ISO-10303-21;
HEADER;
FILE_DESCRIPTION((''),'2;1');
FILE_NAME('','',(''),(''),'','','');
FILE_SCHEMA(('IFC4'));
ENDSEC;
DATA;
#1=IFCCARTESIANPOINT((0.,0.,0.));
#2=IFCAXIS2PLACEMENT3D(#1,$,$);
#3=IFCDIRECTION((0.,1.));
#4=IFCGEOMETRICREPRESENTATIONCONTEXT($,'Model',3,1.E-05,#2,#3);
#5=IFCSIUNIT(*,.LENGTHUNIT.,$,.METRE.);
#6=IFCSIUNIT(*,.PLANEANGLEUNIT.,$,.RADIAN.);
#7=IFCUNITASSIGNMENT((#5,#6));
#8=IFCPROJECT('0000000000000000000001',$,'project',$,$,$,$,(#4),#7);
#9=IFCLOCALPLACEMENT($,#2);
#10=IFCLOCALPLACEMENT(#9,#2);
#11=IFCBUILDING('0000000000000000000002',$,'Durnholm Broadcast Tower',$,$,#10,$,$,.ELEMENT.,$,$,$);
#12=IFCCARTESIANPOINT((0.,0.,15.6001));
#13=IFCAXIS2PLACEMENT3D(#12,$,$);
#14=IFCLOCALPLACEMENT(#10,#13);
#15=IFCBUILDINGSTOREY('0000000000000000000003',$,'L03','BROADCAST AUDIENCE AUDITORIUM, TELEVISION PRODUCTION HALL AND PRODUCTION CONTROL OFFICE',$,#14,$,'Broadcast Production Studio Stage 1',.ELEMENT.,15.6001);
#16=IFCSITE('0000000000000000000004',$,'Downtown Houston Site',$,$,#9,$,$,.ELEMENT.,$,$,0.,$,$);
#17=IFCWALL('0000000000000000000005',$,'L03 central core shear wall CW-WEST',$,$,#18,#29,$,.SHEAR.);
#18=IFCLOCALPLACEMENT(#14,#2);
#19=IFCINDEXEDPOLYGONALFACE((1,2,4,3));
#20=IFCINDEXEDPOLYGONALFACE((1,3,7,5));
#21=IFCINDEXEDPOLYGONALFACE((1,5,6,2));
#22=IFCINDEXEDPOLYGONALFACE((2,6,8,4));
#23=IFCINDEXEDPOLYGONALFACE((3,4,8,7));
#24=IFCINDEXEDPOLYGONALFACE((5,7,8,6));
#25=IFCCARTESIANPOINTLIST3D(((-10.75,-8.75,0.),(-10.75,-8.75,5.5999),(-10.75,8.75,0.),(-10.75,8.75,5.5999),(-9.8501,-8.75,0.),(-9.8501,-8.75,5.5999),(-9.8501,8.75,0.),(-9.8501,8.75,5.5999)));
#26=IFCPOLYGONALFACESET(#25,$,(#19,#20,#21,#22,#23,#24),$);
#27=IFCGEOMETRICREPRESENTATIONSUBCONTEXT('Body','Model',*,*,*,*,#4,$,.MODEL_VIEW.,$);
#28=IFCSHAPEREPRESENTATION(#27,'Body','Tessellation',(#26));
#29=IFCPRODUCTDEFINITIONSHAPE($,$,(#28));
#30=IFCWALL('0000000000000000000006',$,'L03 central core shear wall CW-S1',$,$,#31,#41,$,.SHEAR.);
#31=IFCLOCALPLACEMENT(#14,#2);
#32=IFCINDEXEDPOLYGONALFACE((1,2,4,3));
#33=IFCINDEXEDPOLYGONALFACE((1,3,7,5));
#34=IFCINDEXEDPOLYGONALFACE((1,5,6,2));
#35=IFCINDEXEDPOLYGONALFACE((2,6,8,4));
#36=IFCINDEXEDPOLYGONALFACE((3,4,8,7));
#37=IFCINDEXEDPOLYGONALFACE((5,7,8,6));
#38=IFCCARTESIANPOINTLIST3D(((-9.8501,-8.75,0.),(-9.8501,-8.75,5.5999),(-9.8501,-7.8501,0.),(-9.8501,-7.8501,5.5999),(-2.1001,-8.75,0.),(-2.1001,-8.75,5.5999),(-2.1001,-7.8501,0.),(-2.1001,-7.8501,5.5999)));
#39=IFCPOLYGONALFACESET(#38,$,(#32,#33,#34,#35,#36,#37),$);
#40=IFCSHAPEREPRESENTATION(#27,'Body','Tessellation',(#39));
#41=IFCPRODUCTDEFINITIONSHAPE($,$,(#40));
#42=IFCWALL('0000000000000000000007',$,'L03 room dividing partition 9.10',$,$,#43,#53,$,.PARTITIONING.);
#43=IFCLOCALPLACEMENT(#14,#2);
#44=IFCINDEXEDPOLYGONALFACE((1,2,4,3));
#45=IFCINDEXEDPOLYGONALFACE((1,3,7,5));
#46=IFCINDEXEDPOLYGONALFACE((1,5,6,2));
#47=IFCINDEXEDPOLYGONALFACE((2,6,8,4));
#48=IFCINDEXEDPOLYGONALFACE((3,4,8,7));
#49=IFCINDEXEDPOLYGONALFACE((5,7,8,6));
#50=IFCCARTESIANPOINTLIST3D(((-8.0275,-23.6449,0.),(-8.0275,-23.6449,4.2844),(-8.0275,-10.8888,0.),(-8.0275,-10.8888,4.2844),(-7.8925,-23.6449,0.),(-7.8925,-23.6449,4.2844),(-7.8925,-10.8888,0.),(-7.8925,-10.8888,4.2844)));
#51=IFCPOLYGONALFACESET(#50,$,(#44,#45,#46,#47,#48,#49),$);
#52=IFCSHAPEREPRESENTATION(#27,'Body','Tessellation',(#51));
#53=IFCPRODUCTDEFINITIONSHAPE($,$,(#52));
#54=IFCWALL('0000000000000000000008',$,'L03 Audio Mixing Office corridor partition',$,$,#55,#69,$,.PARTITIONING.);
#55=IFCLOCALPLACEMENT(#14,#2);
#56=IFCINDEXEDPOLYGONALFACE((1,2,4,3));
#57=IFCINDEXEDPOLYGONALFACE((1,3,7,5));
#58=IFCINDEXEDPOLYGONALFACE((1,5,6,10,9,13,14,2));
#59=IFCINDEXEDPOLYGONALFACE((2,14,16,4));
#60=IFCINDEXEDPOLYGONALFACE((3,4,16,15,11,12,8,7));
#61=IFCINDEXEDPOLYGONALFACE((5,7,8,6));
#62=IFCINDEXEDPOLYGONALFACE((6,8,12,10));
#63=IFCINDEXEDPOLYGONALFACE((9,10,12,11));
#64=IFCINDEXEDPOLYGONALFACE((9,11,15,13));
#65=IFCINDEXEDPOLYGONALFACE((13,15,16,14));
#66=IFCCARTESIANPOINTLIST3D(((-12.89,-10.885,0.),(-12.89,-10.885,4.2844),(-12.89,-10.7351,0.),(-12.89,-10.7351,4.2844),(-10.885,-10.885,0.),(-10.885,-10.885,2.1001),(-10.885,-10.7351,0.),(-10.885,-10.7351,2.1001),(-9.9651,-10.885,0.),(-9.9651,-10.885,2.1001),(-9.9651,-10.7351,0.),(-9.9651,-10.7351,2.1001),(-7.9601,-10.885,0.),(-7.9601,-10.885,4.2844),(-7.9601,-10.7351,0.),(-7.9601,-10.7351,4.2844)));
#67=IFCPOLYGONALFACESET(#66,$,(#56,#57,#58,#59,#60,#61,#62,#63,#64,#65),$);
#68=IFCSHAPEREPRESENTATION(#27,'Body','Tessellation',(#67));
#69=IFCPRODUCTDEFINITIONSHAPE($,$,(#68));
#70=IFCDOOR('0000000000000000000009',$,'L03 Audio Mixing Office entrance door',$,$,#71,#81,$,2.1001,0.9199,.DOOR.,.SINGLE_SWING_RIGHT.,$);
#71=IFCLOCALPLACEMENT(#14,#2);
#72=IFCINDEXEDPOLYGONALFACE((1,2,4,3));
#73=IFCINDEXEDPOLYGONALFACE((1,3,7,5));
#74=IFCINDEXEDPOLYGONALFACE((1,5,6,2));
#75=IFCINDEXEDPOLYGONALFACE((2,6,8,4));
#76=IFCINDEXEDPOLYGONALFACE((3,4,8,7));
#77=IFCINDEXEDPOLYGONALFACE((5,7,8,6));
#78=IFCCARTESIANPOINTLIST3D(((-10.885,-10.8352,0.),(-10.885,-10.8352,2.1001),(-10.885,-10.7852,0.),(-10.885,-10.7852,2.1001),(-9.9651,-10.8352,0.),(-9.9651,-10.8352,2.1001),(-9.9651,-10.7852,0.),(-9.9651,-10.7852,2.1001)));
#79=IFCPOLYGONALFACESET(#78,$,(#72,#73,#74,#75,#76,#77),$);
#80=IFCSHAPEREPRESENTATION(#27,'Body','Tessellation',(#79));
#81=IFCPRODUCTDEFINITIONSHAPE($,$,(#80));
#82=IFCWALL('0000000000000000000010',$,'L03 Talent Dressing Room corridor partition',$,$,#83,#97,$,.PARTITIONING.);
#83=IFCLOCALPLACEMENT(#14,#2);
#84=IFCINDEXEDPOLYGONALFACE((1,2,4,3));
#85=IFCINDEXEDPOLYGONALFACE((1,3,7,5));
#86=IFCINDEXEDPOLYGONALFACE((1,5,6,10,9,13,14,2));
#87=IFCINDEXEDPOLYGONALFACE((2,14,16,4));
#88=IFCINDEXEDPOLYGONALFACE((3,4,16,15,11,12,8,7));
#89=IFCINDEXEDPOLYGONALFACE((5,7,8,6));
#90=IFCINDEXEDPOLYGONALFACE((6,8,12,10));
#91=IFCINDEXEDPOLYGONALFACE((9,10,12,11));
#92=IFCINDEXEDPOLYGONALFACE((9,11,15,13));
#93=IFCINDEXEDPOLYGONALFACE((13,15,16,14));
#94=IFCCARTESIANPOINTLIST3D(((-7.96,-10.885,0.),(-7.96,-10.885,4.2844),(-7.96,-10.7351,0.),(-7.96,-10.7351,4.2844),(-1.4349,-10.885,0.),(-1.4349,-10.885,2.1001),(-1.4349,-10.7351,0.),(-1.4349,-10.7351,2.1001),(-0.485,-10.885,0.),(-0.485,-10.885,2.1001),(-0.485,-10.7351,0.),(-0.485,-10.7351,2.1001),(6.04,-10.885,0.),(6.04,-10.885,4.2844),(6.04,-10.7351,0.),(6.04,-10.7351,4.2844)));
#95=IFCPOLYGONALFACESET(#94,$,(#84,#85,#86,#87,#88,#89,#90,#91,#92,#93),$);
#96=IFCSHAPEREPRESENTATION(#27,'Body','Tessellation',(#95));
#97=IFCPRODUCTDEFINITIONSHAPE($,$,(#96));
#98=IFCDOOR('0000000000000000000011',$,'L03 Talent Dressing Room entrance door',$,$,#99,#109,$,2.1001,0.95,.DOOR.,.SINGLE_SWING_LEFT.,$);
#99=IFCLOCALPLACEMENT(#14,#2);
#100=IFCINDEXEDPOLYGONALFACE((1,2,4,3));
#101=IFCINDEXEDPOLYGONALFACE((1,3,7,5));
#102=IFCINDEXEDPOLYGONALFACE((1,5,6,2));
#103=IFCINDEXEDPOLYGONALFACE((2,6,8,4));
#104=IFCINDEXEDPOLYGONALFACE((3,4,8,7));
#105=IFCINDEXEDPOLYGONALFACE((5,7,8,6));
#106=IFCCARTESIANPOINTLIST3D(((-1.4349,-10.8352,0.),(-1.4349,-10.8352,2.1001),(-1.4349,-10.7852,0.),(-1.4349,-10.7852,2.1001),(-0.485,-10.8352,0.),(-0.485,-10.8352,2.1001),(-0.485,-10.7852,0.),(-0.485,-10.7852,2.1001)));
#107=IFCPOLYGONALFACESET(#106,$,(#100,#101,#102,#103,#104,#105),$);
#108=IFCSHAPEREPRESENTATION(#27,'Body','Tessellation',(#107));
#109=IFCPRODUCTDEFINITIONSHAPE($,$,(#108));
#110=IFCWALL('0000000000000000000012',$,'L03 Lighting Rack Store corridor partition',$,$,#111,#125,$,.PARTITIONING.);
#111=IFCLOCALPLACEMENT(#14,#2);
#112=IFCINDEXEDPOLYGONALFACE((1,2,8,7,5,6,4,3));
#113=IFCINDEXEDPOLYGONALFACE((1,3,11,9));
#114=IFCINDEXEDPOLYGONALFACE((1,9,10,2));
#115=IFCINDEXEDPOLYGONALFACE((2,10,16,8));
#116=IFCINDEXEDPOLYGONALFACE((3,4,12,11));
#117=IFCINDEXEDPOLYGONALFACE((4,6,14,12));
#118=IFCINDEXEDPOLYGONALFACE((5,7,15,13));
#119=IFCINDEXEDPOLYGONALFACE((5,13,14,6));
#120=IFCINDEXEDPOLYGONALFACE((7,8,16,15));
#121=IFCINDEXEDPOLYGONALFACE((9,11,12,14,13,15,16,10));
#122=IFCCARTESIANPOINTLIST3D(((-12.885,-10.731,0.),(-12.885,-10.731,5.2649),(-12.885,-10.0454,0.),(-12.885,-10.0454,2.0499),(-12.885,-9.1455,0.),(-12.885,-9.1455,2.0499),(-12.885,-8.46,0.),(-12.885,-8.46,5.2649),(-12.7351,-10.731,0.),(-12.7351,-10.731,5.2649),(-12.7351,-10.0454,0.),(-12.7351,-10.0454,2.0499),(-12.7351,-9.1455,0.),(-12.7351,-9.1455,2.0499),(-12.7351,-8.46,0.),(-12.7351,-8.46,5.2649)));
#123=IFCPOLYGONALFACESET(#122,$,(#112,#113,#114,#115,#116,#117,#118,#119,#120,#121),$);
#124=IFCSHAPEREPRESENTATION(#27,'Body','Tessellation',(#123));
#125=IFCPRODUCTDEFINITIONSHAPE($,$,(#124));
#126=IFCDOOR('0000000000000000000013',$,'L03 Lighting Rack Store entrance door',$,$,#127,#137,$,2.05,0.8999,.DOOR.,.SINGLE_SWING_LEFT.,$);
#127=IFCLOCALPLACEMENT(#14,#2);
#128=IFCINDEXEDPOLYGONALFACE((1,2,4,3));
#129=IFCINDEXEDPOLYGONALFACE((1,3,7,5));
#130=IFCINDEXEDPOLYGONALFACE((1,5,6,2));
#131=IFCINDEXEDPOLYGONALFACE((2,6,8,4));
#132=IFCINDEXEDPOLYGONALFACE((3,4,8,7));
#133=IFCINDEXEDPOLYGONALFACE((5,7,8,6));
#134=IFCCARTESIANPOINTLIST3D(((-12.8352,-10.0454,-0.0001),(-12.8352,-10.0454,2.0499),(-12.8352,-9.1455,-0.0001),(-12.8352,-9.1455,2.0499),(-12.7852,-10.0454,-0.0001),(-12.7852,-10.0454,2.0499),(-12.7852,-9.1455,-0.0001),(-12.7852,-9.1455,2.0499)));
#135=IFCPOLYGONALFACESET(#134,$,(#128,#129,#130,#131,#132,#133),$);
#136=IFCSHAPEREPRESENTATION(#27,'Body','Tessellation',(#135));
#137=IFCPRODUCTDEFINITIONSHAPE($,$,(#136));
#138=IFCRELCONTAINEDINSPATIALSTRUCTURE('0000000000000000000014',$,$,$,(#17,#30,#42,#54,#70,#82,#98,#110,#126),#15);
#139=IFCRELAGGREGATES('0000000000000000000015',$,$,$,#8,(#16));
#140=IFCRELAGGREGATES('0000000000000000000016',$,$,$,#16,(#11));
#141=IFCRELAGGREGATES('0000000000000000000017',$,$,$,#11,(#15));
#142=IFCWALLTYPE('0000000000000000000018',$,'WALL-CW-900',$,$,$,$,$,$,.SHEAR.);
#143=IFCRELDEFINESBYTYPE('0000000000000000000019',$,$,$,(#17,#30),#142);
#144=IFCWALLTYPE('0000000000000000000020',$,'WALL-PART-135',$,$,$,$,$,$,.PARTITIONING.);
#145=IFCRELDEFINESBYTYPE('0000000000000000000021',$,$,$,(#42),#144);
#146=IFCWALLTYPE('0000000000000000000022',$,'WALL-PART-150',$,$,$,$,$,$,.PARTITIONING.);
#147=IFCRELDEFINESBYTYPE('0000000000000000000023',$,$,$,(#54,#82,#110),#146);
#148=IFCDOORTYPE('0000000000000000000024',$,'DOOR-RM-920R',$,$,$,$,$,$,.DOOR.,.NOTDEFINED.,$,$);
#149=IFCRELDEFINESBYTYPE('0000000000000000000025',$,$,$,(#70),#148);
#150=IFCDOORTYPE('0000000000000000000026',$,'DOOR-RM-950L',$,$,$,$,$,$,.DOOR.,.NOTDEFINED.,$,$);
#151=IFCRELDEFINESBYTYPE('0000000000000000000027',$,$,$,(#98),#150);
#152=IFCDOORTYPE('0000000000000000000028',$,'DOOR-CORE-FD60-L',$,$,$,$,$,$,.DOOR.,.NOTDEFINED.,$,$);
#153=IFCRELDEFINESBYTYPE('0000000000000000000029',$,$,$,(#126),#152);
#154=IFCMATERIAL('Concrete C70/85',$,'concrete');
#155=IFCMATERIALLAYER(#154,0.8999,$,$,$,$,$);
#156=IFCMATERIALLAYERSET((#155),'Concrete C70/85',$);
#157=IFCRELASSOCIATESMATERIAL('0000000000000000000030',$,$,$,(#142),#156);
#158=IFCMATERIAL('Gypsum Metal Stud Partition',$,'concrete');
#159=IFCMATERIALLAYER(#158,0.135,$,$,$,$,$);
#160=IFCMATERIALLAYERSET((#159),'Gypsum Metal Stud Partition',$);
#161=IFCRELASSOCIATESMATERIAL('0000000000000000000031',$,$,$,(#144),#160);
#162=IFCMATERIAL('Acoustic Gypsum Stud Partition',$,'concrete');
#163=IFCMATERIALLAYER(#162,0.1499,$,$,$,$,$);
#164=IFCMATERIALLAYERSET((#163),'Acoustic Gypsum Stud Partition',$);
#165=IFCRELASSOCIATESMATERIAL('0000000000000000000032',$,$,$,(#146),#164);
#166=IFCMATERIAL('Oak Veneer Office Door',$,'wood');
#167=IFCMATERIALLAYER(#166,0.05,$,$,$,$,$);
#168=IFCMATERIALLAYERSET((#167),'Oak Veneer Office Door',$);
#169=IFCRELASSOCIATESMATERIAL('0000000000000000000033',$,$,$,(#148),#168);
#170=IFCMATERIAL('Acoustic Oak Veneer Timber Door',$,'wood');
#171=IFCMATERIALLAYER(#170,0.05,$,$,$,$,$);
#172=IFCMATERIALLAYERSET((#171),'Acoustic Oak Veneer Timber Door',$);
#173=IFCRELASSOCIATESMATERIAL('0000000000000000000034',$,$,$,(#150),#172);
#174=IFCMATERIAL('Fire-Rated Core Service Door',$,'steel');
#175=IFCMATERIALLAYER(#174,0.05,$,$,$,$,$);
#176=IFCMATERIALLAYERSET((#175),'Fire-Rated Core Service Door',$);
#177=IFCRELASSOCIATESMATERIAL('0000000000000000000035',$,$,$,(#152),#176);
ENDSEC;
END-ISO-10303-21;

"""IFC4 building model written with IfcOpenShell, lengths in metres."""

from ifc_helpers import new_model, si_unit, direction, frame, frame_2d, origin, place, context, subcontext, project, spatial, rectangle, extrude, source, transform, mapped, material, layer, layer_set, type_object, type_shapes, element, fill, save


model = new_model("IFC4")

# Units and contexts
model_context = context("Model", 3, precision=1e-05, world=origin(), true_north=direction((0.0, 1.0)))
body_context = subcontext(model_context, "Body", "Model", "MODEL_VIEW")
ifc_project = project(units=[si_unit("LENGTHUNIT", "METRE"), si_unit("PLANEANGLEUNIT", "RADIAN")], contexts=[model_context])

# Site, building, storey
site_placement = place(None, origin())
site = spatial("IfcSite", under=ifc_project, at=site_placement, Name="Downtown Houston Site", CompositionType="ELEMENT", RefElevation=0.0)
building_placement = place(site_placement, origin())
building = spatial("IfcBuilding", under=site, at=building_placement, Name="Durnholm Broadcast Tower", CompositionType="ELEMENT")
storey_placement = place(building_placement, frame((0.0, 0.0, 15.6001)))
storey = spatial("IfcBuildingStorey", under=building, at=storey_placement, Name="L03", Description="BROADCAST AUDIENCE AUDITORIUM, TELEVISION PRODUCTION HALL AND PRODUCTION CONTROL OFFICE", LongName="Broadcast Production Studio Stage 1", CompositionType="ELEMENT", Elevation=15.6001)

# Shared definitions
ifc_material_1 = material(Name="Concrete C70/85", Category="concrete")

# Walls
ifc_layer_1 = layer(ifc_material_1, 0.8999)
ifc_layer_set_1 = layer_set([ifc_layer_1], Name="Concrete C70/85")
wall_type_1 = type_object("IfcWallType", Name="WALL-CW-900", PredefinedType="SHEAR", material=ifc_layer_set_1)
wall_1_placement = place(storey_placement, frame((-10.3, -8.75, 0.0), z_axis=(0.0, 0.0, 1.0), x_axis=(0.0, 1.0, 0.0)))
element("IfcWall", 1, at=wall_1_placement, inside=storey, type_object=wall_type_1, Name="L03 central core shear wall CW-WEST", PredefinedType="SHEAR", context=body_context, shape_type="SweptSolid", body=[
    extrude(rectangle(XDim=17.5, YDim=0.8999, at=frame_2d((8.75, 0.0))), origin(), (0.0, 0.0, 1.0), 5.5999),
])
wall_2_placement = place(storey_placement, frame((-9.8501, -8.3, 0.0), z_axis=(0.0, 0.0, 1.0), x_axis=(1.0, 0.0, 0.0)))
element("IfcWall", 2, at=wall_2_placement, inside=storey, type_object=wall_type_1, Name="L03 central core shear wall CW-S1", PredefinedType="SHEAR", context=body_context, shape_type="SweptSolid", body=[
    extrude(rectangle(XDim=7.75, YDim=0.8999, at=frame_2d((3.875, 0.0))), origin(), (0.0, 0.0, 1.0), 5.5999),
])
ifc_material_2 = material(Name="Gypsum Metal Stud Partition", Category="concrete")
ifc_layer_2 = layer(ifc_material_2, 0.135)
ifc_layer_set_2 = layer_set([ifc_layer_2], Name="Gypsum Metal Stud Partition")
wall_type_2 = type_object("IfcWallType", Name="WALL-PART-135", PredefinedType="PARTITIONING", material=ifc_layer_set_2)
wall_3_placement = place(storey_placement, frame((-7.96, -10.8889, 0.0), z_axis=(0.0, 0.0, 1.0), x_axis=(0.0, -1.0, 0.0)))
element("IfcWall", 3, at=wall_3_placement, inside=storey, type_object=wall_type_2, Name="L03 room dividing partition 9.10", PredefinedType="PARTITIONING", context=body_context, shape_type="SweptSolid", body=[
    extrude(rectangle(XDim=12.7561, YDim=0.135, at=frame_2d((6.3779, 0.0))), origin(), (0.0, 0.0, 1.0), 4.2844),
])

# Walls, openings, doors
ifc_material_3 = material(Name="Acoustic Gypsum Stud Partition", Category="concrete")
ifc_layer_3 = layer(ifc_material_3, 0.1499)
ifc_layer_set_3 = layer_set([ifc_layer_3], Name="Acoustic Gypsum Stud Partition")
wall_type_3 = type_object("IfcWallType", Name="WALL-PART-150", PredefinedType="PARTITIONING", material=ifc_layer_set_3)
wall_4_placement = place(storey_placement, frame((-12.8899, -10.8101, 0.0), z_axis=(0.0, 0.0, 1.0), x_axis=(1.0, 0.0, 0.0)))
wall_4 = element("IfcWall", 4, at=wall_4_placement, inside=storey, type_object=wall_type_3, Name="L03 Audio Mixing Office corridor partition", PredefinedType="PARTITIONING", context=body_context, shape_type="SweptSolid", body=[
    extrude(rectangle(XDim=4.9299, YDim=0.1499, at=frame_2d((2.4648, 0.0))), origin(), (0.0, 0.0, 1.0), 4.2844),
])
opening_1_placement = place(wall_4_placement, frame((2.0049, 0.0, 0.0)))
opening_1 = element("IfcOpeningElement", 5, at=opening_1_placement, cuts=wall_4, PredefinedType="OPENING", context=body_context, shape_type="SweptSolid", body=[
    extrude(rectangle(XDim=0.9199, YDim=2.1001, at=frame_2d((0.46, 1.05))), frame((0.0, 0.085, 0.0), z_axis=(0.0, -1.0, 0.0), x_axis=(1.0, 0.0, 0.0)), (0.0, 0.0, 1.0), 0.1699),
])
ifc_material_4 = material(Name="Oak Veneer Office Door", Category="wood")
ifc_layer_4 = layer(ifc_material_4, 0.05)
ifc_layer_set_4 = layer_set([ifc_layer_4], Name="Oak Veneer Office Door")
door_type_1 = type_object("IfcDoorType", Name="DOOR-RM-920R", OperationType="NOTDEFINED", PredefinedType="DOOR", material=ifc_layer_set_4)
shared_shape_1 = source(origin(), body_context, "Body", "SweptSolid", [
    extrude(rectangle(XDim=0.9199, YDim=2.1001, at=frame_2d((0.46, 1.05))), frame((0.0, 0.0249, 0.0), z_axis=(0.0, -1.0, 0.0), x_axis=(1.0, 0.0, 0.0)), (0.0, 0.0, 1.0), 0.05),
])
type_shapes(door_type_1, [shared_shape_1])
door_1_placement = place(opening_1_placement, origin())
door_1 = element("IfcDoor", 6, at=door_1_placement, inside=storey, type_object=door_type_1, Name="L03 Audio Mixing Office entrance door", OperationType="SINGLE_SWING_RIGHT", OverallHeight=2.1001, OverallWidth=0.9199, PredefinedType="DOOR", context=body_context, shape_type="MappedRepresentation", body=[
    mapped(shared_shape_1, transform((0.0, 0.0, 0.0), x_axis=(1.0, 0.0, 0.0), y_axis=(0.0, 1.0, 0.0), z_axis=(0.0, 0.0, 1.0), scale=1.0)),
])
fill(opening_1, door_1)
wall_5_placement = place(storey_placement, frame((-7.96, -10.8101, 0.0), z_axis=(0.0, 0.0, 1.0), x_axis=(1.0, 0.0, 0.0)))
wall_5 = element("IfcWall", 7, at=wall_5_placement, inside=storey, type_object=wall_type_3, Name="L03 Talent Dressing Room corridor partition", PredefinedType="PARTITIONING", context=body_context, shape_type="SweptSolid", body=[
    extrude(rectangle(XDim=14.0, YDim=0.1499, at=frame_2d((7.0, 0.0))), origin(), (0.0, 0.0, 1.0), 4.2844),
])
opening_2_placement = place(wall_5_placement, frame((6.5249, 0.0, 0.0)))
opening_2 = element("IfcOpeningElement", 8, at=opening_2_placement, cuts=wall_5, PredefinedType="OPENING", context=body_context, shape_type="SweptSolid", body=[
    extrude(rectangle(XDim=0.95, YDim=2.1001, at=frame_2d((0.4751, 1.05))), frame((0.0, 0.085, 0.0), z_axis=(0.0, -1.0, 0.0), x_axis=(1.0, 0.0, 0.0)), (0.0, 0.0, 1.0), 0.1699),
])
ifc_material_5 = material(Name="Acoustic Oak Veneer Timber Door", Category="wood")
ifc_layer_5 = layer(ifc_material_5, 0.05)
ifc_layer_set_5 = layer_set([ifc_layer_5], Name="Acoustic Oak Veneer Timber Door")
door_type_2 = type_object("IfcDoorType", Name="DOOR-RM-950L", OperationType="NOTDEFINED", PredefinedType="DOOR", material=ifc_layer_set_5)
shared_shape_2 = source(origin(), body_context, "Body", "SweptSolid", [
    extrude(rectangle(XDim=0.95, YDim=2.1001, at=frame_2d((0.4751, 1.05))), frame((0.0, 0.0249, 0.0), z_axis=(0.0, -1.0, 0.0), x_axis=(1.0, 0.0, 0.0)), (0.0, 0.0, 1.0), 0.05),
])
type_shapes(door_type_2, [shared_shape_2])
door_2_placement = place(opening_2_placement, origin())
door_2 = element("IfcDoor", 9, at=door_2_placement, inside=storey, type_object=door_type_2, Name="L03 Talent Dressing Room entrance door", OperationType="SINGLE_SWING_LEFT", OverallHeight=2.1001, OverallWidth=0.95, PredefinedType="DOOR", context=body_context, shape_type="MappedRepresentation", body=[
    mapped(shared_shape_2, transform((0.0, 0.0, 0.0), x_axis=(1.0, 0.0, 0.0), y_axis=(0.0, 1.0, 0.0), z_axis=(0.0, 0.0, 1.0), scale=1.0)),
])
fill(opening_2, door_2)
wall_6_placement = place(storey_placement, frame((-12.8101, -8.46, 0.0), z_axis=(0.0, 0.0, 1.0), x_axis=(0.0, -1.0, 0.0)))
wall_6 = element("IfcWall", 10, at=wall_6_placement, inside=storey, type_object=wall_type_3, Name="L03 Lighting Rack Store corridor partition", PredefinedType="PARTITIONING", context=body_context, shape_type="SweptSolid", body=[
    extrude(rectangle(XDim=2.271, YDim=0.1499, at=frame_2d((1.1355, 0.0))), origin(), (0.0, 0.0, 1.0), 5.2649),
])
opening_3_placement = place(wall_6_placement, frame((0.6855, 0.0, 0.0)))
opening_3 = element("IfcOpeningElement", 11, at=opening_3_placement, cuts=wall_6, PredefinedType="OPENING", context=body_context, shape_type="SweptSolid", body=[
    extrude(rectangle(XDim=0.8999, YDim=2.05, at=frame_2d((0.45, 1.0249))), frame((0.0, 0.085, 0.0), z_axis=(0.0, -1.0, 0.0), x_axis=(1.0, 0.0, 0.0)), (0.0, 0.0, 1.0), 0.1699),
])
ifc_material_6 = material(Name="Fire-Rated Core Service Door", Category="steel")
ifc_layer_6 = layer(ifc_material_6, 0.05)
ifc_layer_set_6 = layer_set([ifc_layer_6], Name="Fire-Rated Core Service Door")
door_type_3 = type_object("IfcDoorType", Name="DOOR-CORE-FD60-L", OperationType="NOTDEFINED", PredefinedType="DOOR", material=ifc_layer_set_6)
shared_shape_3 = source(origin(), body_context, "Body", "SweptSolid", [
    extrude(rectangle(XDim=0.8999, YDim=2.05, at=frame_2d((0.45, 1.0249))), frame((0.0, 0.0249, 0.0), z_axis=(0.0, -1.0, 0.0), x_axis=(1.0, 0.0, 0.0)), (0.0, 0.0, 1.0), 0.05),
])
type_shapes(door_type_3, [shared_shape_3])
door_3_placement = place(opening_3_placement, origin())
door_3 = element("IfcDoor", 12, at=door_3_placement, inside=storey, type_object=door_type_3, Name="L03 Lighting Rack Store entrance door", OperationType="SINGLE_SWING_LEFT", OverallHeight=2.05, OverallWidth=0.8999, PredefinedType="DOOR", context=body_context, shape_type="MappedRepresentation", body=[
    mapped(shared_shape_3, transform((0.0, 0.0, 0.0), x_axis=(1.0, 0.0, 0.0), y_axis=(0.0, 1.0, 0.0), z_axis=(0.0, 0.0, 1.0), scale=1.0)),
])
fill(opening_3, door_3)

save(model, "model.ifc")
